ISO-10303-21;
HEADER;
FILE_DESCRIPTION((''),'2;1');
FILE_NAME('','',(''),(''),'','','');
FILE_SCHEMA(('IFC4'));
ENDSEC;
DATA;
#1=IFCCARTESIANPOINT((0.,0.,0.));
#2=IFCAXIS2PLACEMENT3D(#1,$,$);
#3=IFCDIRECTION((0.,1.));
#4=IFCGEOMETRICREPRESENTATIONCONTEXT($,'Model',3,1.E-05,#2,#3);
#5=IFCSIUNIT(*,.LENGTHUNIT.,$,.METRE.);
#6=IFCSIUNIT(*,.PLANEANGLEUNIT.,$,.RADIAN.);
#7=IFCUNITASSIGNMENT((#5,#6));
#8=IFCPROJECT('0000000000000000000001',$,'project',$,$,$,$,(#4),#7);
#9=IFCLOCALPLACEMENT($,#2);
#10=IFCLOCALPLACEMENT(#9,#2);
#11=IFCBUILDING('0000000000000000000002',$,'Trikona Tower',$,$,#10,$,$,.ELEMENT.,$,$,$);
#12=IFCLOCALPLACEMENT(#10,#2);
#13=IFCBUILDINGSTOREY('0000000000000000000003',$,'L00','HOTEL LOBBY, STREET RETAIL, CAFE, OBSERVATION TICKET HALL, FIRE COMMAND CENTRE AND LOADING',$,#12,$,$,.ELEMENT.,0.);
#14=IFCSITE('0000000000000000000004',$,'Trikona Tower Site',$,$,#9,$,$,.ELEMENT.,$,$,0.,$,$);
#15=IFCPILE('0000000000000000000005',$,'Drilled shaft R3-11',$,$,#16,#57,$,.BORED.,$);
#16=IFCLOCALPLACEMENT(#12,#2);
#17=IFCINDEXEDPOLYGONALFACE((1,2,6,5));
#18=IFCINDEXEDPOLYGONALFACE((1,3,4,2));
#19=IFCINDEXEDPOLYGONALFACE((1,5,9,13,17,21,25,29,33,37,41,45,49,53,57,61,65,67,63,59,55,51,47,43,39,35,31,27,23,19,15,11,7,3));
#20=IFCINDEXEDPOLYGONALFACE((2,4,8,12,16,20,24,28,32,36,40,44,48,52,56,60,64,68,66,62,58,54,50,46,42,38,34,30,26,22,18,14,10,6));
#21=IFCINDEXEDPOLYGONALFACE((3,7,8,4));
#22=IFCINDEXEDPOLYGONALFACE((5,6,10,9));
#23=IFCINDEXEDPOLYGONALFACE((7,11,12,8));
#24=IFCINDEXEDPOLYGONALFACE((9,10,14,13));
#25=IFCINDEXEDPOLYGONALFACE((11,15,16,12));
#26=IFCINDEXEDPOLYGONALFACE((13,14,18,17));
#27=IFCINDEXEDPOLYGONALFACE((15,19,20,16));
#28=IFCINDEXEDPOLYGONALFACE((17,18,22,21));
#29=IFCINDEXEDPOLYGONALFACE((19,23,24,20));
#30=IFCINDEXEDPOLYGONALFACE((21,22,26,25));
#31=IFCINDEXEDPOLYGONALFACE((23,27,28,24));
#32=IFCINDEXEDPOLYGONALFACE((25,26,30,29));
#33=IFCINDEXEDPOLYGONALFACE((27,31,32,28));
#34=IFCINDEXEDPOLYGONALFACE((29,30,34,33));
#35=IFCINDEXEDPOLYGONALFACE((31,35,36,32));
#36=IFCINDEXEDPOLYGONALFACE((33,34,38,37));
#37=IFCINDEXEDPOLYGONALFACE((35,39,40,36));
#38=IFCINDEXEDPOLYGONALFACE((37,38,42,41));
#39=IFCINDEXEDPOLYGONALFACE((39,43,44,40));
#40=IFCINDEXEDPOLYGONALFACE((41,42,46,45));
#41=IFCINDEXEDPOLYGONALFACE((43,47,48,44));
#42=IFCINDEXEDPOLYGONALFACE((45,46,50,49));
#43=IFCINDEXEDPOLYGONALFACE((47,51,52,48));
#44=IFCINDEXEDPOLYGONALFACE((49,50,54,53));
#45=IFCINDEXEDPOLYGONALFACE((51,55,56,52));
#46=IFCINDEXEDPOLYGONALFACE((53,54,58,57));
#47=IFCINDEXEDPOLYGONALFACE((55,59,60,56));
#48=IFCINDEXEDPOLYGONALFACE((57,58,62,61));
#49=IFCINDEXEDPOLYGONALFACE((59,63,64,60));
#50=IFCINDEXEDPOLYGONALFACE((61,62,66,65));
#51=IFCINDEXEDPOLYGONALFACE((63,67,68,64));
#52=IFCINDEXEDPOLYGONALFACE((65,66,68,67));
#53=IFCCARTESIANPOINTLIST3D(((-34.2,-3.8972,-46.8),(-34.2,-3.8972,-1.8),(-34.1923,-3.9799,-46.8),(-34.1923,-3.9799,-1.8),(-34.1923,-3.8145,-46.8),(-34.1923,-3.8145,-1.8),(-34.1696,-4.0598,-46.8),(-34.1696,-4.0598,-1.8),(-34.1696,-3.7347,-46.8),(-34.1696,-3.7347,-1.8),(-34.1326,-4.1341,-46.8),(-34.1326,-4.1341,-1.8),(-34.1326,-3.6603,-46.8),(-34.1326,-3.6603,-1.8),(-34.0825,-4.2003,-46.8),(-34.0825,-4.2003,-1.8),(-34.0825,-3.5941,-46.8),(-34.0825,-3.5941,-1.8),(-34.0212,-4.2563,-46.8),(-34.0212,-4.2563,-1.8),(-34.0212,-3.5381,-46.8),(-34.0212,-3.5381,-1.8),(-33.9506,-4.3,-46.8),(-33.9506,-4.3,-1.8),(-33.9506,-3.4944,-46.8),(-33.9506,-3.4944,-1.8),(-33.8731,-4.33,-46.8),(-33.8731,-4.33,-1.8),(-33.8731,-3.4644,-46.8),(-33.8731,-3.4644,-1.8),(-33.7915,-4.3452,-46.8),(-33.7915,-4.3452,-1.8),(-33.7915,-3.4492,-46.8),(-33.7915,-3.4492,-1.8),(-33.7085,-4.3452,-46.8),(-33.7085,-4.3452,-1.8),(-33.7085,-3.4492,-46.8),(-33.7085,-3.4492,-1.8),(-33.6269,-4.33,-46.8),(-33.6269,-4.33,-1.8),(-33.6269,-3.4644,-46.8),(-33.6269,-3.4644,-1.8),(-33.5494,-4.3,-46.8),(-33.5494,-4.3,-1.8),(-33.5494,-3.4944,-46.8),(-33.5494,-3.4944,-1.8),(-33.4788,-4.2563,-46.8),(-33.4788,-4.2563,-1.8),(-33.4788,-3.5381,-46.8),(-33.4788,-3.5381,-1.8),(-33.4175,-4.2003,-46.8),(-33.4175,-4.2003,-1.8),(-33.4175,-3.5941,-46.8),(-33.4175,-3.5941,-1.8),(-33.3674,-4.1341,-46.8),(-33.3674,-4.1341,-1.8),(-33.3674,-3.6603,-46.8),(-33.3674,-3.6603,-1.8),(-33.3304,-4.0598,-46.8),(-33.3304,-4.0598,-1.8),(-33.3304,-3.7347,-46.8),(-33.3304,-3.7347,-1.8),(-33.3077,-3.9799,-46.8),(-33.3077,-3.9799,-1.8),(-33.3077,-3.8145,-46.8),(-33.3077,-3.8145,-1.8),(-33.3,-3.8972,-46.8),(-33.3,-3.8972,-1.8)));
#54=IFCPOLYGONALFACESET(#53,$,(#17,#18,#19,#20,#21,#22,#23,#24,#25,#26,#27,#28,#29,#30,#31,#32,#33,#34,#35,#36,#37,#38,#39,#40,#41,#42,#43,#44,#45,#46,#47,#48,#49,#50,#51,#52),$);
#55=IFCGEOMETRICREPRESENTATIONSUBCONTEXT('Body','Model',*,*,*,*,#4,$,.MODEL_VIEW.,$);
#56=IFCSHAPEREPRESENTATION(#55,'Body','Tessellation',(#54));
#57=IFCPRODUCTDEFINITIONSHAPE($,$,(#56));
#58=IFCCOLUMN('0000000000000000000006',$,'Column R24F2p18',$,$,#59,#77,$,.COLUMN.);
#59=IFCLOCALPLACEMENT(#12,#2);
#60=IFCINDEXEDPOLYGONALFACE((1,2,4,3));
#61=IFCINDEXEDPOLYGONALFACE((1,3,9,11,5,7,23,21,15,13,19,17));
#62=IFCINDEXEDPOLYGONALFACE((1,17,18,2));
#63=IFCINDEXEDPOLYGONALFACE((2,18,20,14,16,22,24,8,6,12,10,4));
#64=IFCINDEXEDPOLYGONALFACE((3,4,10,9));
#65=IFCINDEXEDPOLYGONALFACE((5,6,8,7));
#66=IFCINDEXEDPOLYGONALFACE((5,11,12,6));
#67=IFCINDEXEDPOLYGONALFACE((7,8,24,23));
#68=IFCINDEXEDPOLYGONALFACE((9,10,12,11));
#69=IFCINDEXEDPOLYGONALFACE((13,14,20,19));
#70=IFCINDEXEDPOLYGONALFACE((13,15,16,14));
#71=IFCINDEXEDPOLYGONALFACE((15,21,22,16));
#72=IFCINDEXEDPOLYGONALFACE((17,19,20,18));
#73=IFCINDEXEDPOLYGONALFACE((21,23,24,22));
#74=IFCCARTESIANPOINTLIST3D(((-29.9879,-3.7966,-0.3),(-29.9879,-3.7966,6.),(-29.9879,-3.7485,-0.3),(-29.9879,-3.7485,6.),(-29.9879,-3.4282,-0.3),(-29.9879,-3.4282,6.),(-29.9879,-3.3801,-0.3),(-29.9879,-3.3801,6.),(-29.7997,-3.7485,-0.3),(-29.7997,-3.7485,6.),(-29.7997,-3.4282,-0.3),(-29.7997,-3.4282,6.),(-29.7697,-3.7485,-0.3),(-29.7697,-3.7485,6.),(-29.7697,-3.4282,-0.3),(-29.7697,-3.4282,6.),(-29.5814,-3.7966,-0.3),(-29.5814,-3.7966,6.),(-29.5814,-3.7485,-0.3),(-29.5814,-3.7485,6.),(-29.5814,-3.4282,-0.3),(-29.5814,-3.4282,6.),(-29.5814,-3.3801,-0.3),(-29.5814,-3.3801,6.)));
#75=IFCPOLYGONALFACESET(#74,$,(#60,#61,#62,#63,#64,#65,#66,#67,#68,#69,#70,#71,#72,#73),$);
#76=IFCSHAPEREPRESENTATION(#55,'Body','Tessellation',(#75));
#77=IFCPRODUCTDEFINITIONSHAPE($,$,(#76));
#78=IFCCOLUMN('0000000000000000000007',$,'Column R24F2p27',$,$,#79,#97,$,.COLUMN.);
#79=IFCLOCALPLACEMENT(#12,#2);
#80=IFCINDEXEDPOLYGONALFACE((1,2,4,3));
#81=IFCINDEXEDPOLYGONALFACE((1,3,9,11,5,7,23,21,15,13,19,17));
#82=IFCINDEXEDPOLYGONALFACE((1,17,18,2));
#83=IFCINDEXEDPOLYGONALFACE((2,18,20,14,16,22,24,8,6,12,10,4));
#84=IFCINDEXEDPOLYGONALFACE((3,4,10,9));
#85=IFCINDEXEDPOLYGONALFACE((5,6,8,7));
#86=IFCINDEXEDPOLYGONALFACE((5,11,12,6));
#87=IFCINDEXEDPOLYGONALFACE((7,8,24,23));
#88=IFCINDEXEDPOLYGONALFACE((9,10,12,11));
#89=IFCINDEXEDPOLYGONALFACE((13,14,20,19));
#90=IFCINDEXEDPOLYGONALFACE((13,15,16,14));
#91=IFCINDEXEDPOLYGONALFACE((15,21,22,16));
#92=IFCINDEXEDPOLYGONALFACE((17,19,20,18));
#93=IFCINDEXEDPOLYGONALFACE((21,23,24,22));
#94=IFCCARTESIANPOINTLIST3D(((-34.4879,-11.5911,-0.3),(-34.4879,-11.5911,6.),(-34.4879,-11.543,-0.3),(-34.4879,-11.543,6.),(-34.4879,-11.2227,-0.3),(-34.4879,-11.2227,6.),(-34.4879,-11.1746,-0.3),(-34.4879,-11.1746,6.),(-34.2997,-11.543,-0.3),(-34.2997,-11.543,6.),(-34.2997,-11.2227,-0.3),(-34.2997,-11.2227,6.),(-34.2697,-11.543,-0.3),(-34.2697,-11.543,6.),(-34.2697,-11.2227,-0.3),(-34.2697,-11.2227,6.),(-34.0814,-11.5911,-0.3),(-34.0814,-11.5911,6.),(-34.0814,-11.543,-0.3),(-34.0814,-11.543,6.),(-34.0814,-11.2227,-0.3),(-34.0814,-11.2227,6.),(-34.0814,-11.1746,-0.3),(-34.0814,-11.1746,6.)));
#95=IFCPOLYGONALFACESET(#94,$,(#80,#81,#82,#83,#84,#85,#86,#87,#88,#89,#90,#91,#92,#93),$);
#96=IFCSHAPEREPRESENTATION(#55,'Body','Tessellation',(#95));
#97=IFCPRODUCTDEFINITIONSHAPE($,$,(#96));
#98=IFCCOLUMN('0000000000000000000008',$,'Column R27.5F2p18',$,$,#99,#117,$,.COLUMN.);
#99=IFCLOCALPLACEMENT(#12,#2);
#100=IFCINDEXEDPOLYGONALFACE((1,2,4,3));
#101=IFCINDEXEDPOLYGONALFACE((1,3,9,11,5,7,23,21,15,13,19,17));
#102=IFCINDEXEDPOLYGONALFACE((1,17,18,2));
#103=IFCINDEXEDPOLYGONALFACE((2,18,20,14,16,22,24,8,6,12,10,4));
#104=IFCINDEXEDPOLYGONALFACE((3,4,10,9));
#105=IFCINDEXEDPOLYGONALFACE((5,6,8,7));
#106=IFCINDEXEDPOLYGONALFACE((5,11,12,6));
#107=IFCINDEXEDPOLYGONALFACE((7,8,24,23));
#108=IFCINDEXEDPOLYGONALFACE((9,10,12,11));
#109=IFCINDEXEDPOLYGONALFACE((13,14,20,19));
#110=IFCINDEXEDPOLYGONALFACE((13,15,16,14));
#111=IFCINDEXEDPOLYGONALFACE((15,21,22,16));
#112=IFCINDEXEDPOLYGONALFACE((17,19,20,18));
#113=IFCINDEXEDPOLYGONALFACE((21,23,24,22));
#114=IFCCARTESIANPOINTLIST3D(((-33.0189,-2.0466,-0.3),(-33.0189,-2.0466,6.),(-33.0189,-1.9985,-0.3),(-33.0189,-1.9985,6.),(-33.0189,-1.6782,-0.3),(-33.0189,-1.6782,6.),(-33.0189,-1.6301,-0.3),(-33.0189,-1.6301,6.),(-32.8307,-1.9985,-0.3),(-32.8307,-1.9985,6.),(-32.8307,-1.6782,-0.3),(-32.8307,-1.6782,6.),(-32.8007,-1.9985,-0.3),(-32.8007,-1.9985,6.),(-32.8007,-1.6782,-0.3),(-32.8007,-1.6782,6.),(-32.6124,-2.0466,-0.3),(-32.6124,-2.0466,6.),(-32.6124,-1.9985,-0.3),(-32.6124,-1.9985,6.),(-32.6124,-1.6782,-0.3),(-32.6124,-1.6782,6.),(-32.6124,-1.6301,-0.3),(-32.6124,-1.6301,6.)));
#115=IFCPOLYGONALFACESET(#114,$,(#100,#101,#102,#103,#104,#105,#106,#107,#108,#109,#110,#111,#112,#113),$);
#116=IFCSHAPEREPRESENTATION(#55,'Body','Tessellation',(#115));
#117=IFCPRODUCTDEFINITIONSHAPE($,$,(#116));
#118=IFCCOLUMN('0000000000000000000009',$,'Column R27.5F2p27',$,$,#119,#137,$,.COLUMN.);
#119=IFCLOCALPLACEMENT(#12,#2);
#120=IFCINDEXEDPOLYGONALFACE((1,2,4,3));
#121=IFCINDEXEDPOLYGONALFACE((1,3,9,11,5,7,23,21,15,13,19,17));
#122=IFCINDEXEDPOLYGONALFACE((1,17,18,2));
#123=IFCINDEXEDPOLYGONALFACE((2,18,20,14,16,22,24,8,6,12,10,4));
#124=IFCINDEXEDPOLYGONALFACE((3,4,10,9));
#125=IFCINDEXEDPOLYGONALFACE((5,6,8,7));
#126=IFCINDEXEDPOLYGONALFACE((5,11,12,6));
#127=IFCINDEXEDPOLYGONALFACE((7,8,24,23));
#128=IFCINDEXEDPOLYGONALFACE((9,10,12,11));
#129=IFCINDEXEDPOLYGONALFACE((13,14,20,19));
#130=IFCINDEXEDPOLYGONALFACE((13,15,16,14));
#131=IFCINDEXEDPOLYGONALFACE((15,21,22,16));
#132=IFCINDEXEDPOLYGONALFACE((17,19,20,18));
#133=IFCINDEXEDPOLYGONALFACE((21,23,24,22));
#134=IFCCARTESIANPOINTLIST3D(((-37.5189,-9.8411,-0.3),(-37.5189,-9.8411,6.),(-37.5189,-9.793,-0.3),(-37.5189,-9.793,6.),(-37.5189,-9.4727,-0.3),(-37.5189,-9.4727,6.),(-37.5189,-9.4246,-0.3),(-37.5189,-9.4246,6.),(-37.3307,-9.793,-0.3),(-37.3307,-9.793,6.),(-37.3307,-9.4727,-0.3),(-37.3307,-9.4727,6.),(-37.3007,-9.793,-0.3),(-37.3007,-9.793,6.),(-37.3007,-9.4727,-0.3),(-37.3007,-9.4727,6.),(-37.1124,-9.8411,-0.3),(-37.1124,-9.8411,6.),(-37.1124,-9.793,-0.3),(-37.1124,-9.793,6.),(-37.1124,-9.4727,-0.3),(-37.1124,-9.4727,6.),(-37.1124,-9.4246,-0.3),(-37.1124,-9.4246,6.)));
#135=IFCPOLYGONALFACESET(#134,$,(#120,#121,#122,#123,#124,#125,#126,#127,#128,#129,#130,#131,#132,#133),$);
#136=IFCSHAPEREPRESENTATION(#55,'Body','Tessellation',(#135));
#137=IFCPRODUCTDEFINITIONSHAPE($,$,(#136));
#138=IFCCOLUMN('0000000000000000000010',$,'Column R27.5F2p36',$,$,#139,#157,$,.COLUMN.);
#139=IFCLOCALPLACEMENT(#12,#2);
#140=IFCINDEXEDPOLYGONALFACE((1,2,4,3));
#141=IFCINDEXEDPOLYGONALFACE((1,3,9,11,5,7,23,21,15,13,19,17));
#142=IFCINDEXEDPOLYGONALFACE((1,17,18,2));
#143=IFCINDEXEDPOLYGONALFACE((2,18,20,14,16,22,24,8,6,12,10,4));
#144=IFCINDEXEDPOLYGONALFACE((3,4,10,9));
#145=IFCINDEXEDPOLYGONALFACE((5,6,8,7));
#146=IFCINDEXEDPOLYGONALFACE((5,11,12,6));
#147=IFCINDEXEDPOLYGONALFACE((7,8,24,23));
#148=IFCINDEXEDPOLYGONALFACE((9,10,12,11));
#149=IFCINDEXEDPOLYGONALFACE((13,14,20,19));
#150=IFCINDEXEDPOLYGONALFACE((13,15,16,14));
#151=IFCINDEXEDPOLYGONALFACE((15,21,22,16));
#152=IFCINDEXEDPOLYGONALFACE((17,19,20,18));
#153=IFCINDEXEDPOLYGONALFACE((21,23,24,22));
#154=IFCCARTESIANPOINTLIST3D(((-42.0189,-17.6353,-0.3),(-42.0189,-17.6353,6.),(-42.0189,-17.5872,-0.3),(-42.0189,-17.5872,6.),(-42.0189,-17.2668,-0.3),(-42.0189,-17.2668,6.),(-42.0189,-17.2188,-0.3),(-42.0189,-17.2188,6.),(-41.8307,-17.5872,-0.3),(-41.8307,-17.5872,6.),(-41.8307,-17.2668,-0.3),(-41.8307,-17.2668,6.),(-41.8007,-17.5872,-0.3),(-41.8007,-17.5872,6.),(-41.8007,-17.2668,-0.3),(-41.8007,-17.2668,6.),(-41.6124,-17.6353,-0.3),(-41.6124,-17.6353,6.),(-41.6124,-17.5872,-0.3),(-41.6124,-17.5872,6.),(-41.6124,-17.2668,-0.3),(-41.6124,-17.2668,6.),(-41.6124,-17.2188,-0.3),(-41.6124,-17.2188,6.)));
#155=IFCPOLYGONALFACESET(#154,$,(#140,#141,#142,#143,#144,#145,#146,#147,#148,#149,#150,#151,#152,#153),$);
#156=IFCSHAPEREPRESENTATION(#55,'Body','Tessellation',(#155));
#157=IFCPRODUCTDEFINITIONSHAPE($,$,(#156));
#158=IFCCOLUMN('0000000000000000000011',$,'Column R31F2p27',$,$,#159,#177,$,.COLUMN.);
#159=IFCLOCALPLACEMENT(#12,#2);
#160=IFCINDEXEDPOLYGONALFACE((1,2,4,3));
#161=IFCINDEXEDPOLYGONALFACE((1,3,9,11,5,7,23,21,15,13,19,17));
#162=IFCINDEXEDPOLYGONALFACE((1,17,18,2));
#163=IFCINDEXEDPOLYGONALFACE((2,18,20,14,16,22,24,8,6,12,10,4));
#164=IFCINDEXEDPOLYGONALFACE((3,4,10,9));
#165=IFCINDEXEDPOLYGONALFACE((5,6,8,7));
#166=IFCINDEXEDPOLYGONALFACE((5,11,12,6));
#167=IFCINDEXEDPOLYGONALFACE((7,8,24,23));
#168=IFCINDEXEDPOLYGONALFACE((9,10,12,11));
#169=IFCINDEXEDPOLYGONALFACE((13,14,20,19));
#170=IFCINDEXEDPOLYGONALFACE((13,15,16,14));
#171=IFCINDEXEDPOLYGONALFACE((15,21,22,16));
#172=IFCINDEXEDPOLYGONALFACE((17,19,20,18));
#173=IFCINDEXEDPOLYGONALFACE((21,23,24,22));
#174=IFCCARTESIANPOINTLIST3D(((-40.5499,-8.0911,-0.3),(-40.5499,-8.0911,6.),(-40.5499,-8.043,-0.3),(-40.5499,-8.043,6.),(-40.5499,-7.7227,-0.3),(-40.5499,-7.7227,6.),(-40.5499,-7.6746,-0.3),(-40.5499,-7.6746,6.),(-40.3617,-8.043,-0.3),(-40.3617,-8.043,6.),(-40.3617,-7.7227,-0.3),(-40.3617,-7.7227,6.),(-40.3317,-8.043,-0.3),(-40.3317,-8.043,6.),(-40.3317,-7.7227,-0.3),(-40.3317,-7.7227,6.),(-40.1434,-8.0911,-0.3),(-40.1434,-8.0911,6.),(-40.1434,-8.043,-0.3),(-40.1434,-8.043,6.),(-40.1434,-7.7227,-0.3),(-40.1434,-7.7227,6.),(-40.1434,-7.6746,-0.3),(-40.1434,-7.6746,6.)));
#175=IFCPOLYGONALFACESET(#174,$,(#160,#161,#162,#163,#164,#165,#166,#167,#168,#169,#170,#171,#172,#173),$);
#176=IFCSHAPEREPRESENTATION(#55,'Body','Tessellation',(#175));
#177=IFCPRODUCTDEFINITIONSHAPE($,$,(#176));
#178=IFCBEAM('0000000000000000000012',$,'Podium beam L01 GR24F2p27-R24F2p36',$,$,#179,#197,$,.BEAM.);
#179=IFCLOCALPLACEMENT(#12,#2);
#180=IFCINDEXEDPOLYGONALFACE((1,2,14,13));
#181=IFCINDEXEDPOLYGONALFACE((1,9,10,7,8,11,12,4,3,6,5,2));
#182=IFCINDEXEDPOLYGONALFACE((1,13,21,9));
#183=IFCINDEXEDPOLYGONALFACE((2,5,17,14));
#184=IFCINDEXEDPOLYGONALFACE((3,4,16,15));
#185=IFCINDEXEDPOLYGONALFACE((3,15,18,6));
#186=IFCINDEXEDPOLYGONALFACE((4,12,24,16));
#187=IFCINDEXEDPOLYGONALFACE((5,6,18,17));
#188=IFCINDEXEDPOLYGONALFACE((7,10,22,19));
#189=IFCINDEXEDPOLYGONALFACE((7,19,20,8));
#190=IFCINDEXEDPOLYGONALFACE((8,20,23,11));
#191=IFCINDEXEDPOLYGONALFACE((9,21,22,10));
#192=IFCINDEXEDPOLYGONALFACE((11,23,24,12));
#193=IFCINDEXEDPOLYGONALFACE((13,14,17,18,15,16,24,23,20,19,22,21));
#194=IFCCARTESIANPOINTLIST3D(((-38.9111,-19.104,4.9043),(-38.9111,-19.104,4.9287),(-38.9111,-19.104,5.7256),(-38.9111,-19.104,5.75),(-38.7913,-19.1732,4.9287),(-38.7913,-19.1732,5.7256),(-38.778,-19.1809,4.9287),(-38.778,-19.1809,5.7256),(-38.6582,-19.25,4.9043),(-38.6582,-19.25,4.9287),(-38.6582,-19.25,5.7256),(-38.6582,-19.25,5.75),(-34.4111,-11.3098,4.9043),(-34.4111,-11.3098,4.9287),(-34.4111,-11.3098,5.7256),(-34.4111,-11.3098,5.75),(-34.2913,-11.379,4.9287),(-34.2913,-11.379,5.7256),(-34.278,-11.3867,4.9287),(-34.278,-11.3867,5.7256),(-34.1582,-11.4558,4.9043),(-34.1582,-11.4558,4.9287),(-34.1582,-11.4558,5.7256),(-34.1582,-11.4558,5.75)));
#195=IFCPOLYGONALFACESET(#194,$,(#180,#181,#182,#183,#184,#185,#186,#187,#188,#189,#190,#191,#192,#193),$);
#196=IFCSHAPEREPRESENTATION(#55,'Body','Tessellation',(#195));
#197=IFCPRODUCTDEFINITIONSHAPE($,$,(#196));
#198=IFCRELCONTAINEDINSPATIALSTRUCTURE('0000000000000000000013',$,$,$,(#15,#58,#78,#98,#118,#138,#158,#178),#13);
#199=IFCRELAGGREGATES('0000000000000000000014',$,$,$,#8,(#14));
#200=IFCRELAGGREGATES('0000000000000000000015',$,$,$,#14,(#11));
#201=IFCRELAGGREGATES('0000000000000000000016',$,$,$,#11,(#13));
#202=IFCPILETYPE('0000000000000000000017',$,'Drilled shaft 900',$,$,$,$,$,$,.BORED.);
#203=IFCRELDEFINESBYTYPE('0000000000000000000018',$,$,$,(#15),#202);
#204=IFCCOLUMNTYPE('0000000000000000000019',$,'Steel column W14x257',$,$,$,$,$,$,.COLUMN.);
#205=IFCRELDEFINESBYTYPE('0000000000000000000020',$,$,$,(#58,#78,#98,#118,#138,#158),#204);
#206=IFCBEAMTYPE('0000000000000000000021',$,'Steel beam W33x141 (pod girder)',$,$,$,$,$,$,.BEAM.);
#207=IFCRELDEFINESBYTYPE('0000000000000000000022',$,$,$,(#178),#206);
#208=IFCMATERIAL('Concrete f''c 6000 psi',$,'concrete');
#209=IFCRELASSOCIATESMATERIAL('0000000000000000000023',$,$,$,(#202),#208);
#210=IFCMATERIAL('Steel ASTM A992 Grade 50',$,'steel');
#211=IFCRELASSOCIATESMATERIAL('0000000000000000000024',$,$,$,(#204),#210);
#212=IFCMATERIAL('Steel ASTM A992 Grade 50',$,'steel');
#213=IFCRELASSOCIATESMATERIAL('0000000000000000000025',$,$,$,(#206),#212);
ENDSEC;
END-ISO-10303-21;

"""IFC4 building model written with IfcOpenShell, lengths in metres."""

from ifc_helpers import new_model, si_unit, direction, frame, origin, origin_2d, place, context, subcontext, project, spatial, circle, i_section, extrude, material, material_profile, profile_set, type_object, element, save


model = new_model("IFC4")

# Units and contexts
model_context = context("Model", 3, precision=1e-05, world=origin(), true_north=direction((0.0, 1.0)))
body_context = subcontext(model_context, "Body", "Model", "MODEL_VIEW")
ifc_project = project(units=[si_unit("LENGTHUNIT", "METRE"), si_unit("PLANEANGLEUNIT", "RADIAN")], contexts=[model_context])

# Site, building, storey
site_placement = place(None, origin())
site = spatial("IfcSite", under=ifc_project, at=site_placement, Name="Trikona Tower Site", CompositionType="ELEMENT", RefElevation=0.0)
building_placement = place(site_placement, origin())
building = spatial("IfcBuilding", under=site, at=building_placement, Name="Trikona Tower", CompositionType="ELEMENT")
storey_placement = place(building_placement, origin())
storey = spatial("IfcBuildingStorey", under=building, at=storey_placement, Name="L00", Description="HOTEL LOBBY, STREET RETAIL, CAFE, OBSERVATION TICKET HALL, FIRE COMMAND CENTRE AND LOADING", CompositionType="ELEMENT", Elevation=0.0)

# Pile
ifc_material_1 = material(Name="Concrete f'c 6000 psi", Category="concrete")
pile_type = type_object("IfcPileType", Name="Drilled shaft 900", PredefinedType="BORED", material=ifc_material_1)
for number, where, z_axis, x_axis, name in (
    (1, (-33.75, -3.8972, -1.8), (0.0, 0.0, -1.0), (1.0, 0.0, 0.0), "Drilled shaft R3-11"),
):
    element("IfcPile", number, at=place(storey_placement, frame(where, z_axis=z_axis, x_axis=x_axis)), inside=storey, type_object=pile_type, Name=name, PredefinedType="BORED", context=body_context, shape_type="SweptSolid", body=[
        extrude(circle(Radius=0.45, at=origin_2d()), origin(), (0.0, 0.0, 1.0), 45.0),
    ])

# Columns
ifc_material_2 = material(Name="Steel ASTM A992 Grade 50", Category="steel")
ifc_material_profile_1 = material_profile(ifc_material_2, i_section(OverallWidth=0.4065, OverallDepth=0.4165, WebThickness=0.03, FlangeThickness=0.0481, at=origin_2d()), Name="W14X257")
ifc_profile_set_1 = profile_set([ifc_material_profile_1], Name="Steel ASTM A992 Grade 50")
column_type = type_object("IfcColumnType", Name="Steel column W14x257", PredefinedType="COLUMN", material=ifc_profile_set_1)
for number, where, z_axis, x_axis, name in (
    (2, (-29.7847, -3.5884, -0.3), (0.0, 0.0, 1.0), (1.0, 0.0, 0.0), "Column R24F2p18"),
    (3, (-34.2847, -11.3828, -0.3), (0.0, 0.0, 1.0), (1.0, 0.0, 0.0), "Column R24F2p27"),
    (4, (-32.8157, -1.8384, -0.3), (0.0, 0.0, 1.0), (1.0, 0.0, 0.0), "Column R27.5F2p18"),
    (5, (-37.3157, -9.6328, -0.3), (0.0, 0.0, 1.0), (1.0, 0.0, 0.0), "Column R27.5F2p27"),
    (6, (-41.8157, -17.427, -0.3), (0.0, 0.0, 1.0), (1.0, 0.0, 0.0), "Column R27.5F2p36"),
    (7, (-40.3467, -7.8828, -0.3), (0.0, 0.0, 1.0), (1.0, 0.0, 0.0), "Column R31F2p27"),
):
    element("IfcColumn", number, at=place(storey_placement, frame(where, z_axis=z_axis, x_axis=x_axis)), inside=storey, type_object=column_type, Name=name, PredefinedType="COLUMN", context=body_context, shape_type="SweptSolid", body=[
        extrude(i_section(OverallWidth=0.4065, OverallDepth=0.4165, WebThickness=0.03, FlangeThickness=0.0481, at=origin_2d()), origin(), (0.0, 0.0, 1.0), 6.3),
    ])

# Beam
ifc_material_3 = material(Name="Steel ASTM A992 Grade 50", Category="steel")
ifc_material_profile_2 = material_profile(ifc_material_3, i_section(OverallWidth=0.292, OverallDepth=0.8457, WebThickness=0.0154, FlangeThickness=0.0244, at=origin_2d()), Name="W33X141")
ifc_profile_set_2 = profile_set([ifc_material_profile_2], Name="Steel ASTM A992 Grade 50")
beam_type = type_object("IfcBeamType", Name="Steel beam W33x141 (pod girder)", PredefinedType="BEAM", material=ifc_profile_set_2)
beam_1_placement = place(storey_placement, frame((-34.2847, -11.3828, 5.3271), z_axis=(-0.500002, -0.866024, 0.0), x_axis=(0.866024, -0.500002, 0.0)))
element("IfcBeam", 8, at=beam_1_placement, inside=storey, type_object=beam_type, Name="Podium beam L01 GR24F2p27-R24F2p36", PredefinedType="BEAM", context=body_context, shape_type="SweptSolid", body=[
    extrude(i_section(OverallWidth=0.292, OverallDepth=0.8457, WebThickness=0.0154, FlangeThickness=0.0244, at=origin_2d()), origin(), (0.0, 0.0, 1.0), 9.0),
])

save(model, "model.ifc")
